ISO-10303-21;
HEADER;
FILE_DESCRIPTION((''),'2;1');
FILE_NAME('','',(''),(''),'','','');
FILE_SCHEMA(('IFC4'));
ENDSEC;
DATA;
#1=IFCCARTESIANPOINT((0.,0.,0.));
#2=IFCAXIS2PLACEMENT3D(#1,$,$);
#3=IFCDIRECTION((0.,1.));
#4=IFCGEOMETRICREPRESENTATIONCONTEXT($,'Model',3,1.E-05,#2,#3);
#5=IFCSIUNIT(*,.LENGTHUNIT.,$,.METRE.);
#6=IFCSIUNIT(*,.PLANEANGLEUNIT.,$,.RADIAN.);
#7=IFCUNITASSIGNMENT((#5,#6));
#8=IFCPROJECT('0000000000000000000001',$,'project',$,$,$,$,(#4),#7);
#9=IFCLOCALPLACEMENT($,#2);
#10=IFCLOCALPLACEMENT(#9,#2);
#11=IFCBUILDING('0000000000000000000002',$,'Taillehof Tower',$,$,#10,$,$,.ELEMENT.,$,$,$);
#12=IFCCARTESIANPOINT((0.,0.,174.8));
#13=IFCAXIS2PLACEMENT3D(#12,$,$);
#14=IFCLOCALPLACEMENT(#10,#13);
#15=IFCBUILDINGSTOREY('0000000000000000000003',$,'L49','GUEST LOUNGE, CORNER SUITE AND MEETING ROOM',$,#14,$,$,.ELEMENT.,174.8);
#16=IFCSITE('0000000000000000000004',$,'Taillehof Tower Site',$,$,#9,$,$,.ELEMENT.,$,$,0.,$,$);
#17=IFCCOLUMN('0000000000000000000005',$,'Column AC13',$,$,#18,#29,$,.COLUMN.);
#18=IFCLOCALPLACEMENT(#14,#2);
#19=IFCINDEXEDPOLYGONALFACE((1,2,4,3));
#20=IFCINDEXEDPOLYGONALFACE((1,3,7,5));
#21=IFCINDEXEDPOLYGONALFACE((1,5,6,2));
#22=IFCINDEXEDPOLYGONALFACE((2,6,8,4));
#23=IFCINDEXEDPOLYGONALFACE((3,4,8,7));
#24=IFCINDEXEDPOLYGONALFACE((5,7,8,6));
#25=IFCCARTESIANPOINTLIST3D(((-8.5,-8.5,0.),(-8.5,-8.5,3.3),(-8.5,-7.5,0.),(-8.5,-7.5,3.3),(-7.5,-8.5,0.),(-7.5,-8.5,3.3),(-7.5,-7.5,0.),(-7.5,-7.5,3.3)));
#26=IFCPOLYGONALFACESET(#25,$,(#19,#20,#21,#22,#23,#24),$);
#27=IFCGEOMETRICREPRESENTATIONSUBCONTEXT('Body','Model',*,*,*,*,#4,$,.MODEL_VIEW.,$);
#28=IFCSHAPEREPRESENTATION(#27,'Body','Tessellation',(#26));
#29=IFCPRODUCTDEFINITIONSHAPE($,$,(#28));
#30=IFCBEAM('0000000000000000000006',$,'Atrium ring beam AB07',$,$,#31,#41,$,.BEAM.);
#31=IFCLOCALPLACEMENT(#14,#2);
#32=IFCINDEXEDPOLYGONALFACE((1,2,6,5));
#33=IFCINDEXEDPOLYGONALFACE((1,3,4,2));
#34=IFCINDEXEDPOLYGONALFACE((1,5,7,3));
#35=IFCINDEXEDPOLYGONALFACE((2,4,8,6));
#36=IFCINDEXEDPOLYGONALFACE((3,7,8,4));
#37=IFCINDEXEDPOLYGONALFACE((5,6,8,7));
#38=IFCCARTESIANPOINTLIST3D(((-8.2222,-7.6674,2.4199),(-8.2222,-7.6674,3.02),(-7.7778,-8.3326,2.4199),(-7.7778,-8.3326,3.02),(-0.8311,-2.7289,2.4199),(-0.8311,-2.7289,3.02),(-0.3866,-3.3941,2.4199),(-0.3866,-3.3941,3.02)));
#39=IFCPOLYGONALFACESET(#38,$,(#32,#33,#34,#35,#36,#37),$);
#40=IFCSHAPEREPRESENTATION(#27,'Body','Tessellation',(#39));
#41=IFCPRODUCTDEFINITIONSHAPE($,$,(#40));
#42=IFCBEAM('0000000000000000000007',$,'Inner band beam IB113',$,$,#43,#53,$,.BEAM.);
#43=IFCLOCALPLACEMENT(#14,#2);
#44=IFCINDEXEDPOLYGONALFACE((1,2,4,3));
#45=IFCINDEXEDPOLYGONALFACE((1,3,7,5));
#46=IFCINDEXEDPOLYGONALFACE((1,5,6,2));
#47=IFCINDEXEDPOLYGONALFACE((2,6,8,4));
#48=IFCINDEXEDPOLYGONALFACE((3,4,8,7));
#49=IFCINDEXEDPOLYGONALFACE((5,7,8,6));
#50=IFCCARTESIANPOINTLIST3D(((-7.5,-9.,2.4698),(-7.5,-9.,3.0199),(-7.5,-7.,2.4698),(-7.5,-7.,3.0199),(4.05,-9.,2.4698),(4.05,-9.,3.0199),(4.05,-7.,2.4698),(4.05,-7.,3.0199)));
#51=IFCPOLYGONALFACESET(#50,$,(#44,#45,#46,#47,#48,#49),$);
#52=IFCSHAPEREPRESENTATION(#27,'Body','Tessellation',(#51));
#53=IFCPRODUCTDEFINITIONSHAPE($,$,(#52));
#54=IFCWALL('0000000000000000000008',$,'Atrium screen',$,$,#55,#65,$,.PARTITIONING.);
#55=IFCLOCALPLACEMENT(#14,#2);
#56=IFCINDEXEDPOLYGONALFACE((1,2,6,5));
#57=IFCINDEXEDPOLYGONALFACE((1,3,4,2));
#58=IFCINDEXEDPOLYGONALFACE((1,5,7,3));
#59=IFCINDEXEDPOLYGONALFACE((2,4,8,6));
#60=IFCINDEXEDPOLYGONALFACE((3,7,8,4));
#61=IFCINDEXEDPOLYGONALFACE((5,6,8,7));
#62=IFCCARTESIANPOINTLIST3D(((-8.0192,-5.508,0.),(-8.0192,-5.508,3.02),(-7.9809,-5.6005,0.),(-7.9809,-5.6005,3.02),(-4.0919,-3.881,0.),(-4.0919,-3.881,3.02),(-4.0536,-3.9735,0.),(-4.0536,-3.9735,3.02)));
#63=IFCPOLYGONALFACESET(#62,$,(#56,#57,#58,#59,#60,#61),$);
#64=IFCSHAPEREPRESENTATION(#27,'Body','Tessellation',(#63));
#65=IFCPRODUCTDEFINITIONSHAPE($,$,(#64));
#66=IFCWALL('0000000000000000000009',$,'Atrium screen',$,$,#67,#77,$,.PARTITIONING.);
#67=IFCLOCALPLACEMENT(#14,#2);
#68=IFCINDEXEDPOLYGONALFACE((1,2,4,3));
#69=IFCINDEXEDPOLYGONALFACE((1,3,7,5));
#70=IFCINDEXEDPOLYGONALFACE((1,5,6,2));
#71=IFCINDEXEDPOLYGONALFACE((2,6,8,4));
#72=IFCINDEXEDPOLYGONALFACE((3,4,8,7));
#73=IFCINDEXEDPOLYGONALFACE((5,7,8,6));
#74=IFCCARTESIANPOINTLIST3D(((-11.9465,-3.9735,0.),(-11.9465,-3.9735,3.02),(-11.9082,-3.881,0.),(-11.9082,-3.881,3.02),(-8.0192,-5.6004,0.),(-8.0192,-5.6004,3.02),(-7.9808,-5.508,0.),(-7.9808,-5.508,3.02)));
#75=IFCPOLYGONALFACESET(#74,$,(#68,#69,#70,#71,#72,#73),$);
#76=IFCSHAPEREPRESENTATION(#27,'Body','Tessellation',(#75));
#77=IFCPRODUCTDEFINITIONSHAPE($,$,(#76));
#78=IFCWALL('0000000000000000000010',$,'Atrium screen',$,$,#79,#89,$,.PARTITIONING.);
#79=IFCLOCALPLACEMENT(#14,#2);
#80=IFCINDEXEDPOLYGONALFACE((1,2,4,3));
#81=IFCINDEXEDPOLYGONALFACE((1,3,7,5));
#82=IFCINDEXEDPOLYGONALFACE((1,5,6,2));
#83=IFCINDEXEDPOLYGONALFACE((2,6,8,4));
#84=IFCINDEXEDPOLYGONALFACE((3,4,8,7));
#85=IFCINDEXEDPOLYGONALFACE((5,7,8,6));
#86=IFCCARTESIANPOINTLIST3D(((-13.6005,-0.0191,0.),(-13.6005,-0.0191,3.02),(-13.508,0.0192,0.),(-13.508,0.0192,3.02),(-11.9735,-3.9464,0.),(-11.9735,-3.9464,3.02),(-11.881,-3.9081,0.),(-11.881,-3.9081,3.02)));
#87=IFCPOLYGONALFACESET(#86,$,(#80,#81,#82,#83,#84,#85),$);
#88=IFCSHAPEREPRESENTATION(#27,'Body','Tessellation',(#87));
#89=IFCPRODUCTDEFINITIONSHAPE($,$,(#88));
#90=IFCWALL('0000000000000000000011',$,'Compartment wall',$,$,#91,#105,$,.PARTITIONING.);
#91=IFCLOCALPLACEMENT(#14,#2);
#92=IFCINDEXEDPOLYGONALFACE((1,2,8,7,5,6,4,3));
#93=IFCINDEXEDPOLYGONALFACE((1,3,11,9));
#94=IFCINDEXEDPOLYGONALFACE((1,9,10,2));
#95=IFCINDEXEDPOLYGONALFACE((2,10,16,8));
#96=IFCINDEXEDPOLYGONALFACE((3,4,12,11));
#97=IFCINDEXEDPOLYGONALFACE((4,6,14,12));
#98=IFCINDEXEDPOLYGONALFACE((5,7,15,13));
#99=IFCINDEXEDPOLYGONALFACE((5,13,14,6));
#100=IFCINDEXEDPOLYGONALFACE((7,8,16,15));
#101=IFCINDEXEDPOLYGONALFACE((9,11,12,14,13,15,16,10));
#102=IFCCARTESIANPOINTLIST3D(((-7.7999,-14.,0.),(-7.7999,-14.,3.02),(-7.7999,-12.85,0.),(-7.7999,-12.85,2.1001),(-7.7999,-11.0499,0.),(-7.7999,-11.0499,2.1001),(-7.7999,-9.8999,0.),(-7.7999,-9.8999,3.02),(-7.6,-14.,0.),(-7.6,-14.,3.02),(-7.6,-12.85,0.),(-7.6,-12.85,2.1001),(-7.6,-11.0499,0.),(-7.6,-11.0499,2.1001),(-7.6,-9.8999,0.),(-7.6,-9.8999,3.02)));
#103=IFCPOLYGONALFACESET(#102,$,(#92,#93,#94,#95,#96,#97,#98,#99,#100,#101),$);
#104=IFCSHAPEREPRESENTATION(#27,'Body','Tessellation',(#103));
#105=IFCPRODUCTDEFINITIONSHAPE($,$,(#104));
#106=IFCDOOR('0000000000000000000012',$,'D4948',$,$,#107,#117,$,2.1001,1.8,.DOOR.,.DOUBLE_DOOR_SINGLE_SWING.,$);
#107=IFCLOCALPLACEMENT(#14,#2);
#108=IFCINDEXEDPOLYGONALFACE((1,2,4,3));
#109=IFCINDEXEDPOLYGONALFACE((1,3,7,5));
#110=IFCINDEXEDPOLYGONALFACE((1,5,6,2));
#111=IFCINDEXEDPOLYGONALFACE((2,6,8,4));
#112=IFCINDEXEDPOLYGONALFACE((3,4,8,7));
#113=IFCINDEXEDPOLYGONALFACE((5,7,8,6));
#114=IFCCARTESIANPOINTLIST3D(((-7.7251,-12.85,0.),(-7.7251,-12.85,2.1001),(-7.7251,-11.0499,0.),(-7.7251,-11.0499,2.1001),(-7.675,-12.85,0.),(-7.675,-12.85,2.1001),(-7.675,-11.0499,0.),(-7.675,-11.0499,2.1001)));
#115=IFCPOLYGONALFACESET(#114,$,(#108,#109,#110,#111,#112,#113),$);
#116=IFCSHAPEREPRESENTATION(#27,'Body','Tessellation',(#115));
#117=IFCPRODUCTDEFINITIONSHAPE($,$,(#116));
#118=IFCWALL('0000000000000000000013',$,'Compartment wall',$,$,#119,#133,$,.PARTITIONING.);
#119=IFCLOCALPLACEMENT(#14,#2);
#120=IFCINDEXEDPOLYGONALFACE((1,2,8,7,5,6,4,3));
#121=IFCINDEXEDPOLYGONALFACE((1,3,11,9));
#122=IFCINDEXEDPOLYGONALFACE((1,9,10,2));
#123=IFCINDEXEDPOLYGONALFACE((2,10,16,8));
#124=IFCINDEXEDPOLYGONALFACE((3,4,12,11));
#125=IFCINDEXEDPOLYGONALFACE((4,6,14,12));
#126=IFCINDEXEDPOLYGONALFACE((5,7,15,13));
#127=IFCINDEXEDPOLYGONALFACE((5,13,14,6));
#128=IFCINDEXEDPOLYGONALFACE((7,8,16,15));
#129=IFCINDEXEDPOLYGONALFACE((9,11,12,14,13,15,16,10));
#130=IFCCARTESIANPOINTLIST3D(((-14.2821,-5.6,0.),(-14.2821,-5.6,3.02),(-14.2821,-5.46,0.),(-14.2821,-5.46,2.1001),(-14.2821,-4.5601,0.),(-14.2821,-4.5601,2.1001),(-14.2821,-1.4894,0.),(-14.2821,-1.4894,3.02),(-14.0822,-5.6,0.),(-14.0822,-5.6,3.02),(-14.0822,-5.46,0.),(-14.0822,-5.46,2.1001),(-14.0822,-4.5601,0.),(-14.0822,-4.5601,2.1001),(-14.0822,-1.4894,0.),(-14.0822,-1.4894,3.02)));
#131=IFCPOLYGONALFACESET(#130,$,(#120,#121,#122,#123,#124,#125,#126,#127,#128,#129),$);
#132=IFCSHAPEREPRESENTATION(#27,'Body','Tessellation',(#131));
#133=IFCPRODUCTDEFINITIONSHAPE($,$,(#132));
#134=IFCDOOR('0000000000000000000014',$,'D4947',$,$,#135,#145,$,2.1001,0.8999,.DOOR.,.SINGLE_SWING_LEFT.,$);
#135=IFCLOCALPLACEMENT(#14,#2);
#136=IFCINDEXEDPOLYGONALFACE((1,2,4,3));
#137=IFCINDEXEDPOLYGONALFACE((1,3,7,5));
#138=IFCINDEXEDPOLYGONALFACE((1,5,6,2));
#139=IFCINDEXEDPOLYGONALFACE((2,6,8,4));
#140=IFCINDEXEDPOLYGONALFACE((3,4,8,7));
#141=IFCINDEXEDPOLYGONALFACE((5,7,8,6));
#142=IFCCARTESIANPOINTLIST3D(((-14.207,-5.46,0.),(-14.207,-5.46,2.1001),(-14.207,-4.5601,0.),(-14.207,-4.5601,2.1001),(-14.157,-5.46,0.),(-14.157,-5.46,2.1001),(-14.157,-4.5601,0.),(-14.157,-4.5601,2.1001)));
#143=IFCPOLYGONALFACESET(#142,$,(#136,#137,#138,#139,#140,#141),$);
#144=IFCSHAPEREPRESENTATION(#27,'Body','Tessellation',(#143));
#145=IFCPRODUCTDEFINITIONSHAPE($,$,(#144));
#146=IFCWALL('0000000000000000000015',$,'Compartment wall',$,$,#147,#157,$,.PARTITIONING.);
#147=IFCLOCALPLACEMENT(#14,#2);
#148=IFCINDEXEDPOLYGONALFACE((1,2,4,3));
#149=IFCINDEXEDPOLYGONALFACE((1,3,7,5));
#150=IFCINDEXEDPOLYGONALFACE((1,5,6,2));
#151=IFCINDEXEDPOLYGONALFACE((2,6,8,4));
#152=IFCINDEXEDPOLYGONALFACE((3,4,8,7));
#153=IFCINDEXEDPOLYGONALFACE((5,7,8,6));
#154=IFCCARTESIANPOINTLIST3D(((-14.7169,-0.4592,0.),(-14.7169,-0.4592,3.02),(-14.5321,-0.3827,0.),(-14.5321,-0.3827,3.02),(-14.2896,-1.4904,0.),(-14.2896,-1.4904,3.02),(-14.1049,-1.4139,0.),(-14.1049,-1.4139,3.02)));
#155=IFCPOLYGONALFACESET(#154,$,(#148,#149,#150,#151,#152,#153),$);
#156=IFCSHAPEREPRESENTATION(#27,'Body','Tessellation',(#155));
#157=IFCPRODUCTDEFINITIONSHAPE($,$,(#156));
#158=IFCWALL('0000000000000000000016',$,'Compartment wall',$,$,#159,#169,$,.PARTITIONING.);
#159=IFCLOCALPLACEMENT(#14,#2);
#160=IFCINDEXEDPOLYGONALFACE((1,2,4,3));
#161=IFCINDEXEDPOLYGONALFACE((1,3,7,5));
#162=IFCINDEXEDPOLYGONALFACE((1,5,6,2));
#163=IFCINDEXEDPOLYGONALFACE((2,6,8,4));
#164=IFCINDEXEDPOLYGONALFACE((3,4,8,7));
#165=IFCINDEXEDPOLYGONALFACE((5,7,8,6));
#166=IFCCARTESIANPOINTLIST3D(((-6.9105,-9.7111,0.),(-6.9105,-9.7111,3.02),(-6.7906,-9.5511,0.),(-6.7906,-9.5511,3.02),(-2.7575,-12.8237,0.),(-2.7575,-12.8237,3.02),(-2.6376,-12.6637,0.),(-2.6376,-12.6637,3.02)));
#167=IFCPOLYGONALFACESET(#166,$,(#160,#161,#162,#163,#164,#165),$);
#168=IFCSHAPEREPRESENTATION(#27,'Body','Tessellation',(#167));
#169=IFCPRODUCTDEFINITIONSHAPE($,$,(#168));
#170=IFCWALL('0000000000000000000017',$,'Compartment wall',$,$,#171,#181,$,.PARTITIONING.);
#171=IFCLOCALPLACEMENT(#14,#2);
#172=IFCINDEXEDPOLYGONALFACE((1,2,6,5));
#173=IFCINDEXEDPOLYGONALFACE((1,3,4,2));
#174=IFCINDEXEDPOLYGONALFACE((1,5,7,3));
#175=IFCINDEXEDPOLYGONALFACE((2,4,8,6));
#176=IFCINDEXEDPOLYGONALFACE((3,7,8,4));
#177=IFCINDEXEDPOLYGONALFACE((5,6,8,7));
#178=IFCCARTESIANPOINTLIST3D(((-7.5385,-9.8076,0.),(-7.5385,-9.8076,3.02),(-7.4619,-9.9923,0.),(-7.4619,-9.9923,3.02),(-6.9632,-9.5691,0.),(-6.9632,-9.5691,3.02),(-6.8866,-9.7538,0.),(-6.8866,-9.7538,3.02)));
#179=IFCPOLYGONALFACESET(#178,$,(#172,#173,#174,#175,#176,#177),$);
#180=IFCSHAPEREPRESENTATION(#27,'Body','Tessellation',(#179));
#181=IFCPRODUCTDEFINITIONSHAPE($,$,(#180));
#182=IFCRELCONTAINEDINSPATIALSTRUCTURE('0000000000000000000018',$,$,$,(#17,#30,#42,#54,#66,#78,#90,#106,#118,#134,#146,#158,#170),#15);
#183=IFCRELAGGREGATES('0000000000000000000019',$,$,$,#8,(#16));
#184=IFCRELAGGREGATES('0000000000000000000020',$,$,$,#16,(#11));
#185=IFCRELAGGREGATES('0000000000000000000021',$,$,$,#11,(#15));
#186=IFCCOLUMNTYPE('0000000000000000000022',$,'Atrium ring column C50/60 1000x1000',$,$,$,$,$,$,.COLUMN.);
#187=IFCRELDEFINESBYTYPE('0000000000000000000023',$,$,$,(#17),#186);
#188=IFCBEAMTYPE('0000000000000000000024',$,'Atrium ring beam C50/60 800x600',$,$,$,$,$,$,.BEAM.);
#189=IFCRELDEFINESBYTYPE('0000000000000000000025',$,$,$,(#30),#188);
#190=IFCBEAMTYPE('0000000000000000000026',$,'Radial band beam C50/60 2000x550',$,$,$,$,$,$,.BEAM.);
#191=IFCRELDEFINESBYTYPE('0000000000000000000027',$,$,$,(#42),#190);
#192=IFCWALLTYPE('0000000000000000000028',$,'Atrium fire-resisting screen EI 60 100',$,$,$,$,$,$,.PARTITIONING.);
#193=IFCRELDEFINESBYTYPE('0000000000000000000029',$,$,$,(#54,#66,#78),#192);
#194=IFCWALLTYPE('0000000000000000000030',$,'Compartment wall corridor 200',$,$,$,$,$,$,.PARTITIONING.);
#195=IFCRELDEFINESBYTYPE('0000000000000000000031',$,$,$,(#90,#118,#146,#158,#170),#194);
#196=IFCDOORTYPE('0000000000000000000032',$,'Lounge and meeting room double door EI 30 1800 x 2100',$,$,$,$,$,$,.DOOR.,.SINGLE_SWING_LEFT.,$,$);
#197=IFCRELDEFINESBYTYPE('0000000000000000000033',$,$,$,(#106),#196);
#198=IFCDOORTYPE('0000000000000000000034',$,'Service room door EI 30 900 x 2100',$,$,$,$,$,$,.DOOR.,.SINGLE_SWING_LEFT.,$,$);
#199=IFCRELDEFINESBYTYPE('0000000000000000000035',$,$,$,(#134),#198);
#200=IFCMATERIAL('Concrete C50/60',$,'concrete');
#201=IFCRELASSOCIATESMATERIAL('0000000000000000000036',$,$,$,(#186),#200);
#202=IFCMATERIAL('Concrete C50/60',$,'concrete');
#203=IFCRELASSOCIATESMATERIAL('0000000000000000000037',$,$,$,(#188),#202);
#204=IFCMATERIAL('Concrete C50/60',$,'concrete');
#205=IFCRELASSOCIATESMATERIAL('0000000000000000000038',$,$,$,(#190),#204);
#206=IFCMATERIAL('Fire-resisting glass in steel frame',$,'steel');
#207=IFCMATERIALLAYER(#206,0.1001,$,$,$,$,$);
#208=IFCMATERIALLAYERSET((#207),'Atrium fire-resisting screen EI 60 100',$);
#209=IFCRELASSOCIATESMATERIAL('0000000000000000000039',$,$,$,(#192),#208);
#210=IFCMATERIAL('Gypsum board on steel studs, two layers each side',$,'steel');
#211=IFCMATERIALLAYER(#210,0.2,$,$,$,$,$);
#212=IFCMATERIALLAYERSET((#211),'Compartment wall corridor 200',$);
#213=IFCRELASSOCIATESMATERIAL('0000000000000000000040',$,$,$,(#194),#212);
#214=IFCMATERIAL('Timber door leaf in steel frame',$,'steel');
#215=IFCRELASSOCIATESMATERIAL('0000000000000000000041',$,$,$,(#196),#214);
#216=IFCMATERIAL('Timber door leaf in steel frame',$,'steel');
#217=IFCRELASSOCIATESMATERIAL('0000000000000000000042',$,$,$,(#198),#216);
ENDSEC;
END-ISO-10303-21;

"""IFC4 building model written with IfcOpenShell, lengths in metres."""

from ifc_helpers import new_model, si_unit, direction, frame, frame_2d, origin, origin_2d, place, context, subcontext, project, spatial, rectangle, extrude, material, layer, layer_set, material_profile, profile_set, type_object, element, fill, save


model = new_model("IFC4")

# Units and contexts
model_context = context("Model", 3, precision=1e-05, world=origin(), true_north=direction((0.0, 1.0)))
body_context = subcontext(model_context, "Body", "Model", "MODEL_VIEW")
ifc_project = project(units=[si_unit("LENGTHUNIT", "METRE"), si_unit("PLANEANGLEUNIT", "RADIAN")], contexts=[model_context])

# Site, building, storey
site_placement = place(None, origin())
site = spatial("IfcSite", under=ifc_project, at=site_placement, Name="Taillehof Tower Site", CompositionType="ELEMENT", RefElevation=0.0)
building_placement = place(site_placement, origin())
building = spatial("IfcBuilding", under=site, at=building_placement, Name="Taillehof Tower", CompositionType="ELEMENT")
storey_placement = place(building_placement, frame((0.0, 0.0, 174.8)))
storey = spatial("IfcBuildingStorey", under=building, at=storey_placement, Name="L49", Description="GUEST LOUNGE, CORNER SUITE AND MEETING ROOM", CompositionType="ELEMENT", Elevation=174.8)

# Column
ifc_material_1 = material(Name="Concrete C50/60", Category="concrete")
ifc_material_profile_1 = material_profile(ifc_material_1, rectangle(XDim=1.0, YDim=1.0, at=origin_2d()), Name="RC 1000x1000")
ifc_profile_set_1 = profile_set([ifc_material_profile_1], Name="Concrete C50/60")
column_type = type_object("IfcColumnType", Name="Atrium ring column C50/60 1000x1000", PredefinedType="COLUMN", material=ifc_profile_set_1)
column_placement = place(storey_placement, frame((-8.0, -8.0, 0.0), z_axis=(0.0, 0.0, 1.0), x_axis=(1.0, 0.0, 0.0)))
element("IfcColumn", 1, at=column_placement, inside=storey, type_object=column_type, Name="Column AC13", PredefinedType="COLUMN", context=body_context, shape_type="SweptSolid", body=[
    extrude(rectangle(XDim=1.0, YDim=1.0, at=origin_2d()), origin(), (0.0, 0.0, 1.0), 3.3),
])

# Beams
ifc_material_2 = material(Name="Concrete C50/60", Category="concrete")
ifc_material_profile_2 = material_profile(ifc_material_2, rectangle(XDim=0.8, YDim=0.6001, at=origin_2d()), Name="RC 800x600")
ifc_profile_set_2 = profile_set([ifc_material_profile_2], Name="Concrete C50/60")
beam_type_1 = type_object("IfcBeamType", Name="Atrium ring beam C50/60 800x600", PredefinedType="BEAM", material=ifc_profile_set_2)
beam_1_placement = place(storey_placement, frame((-8.0, -8.0, 2.72), z_axis=(0.831475, 0.555562, 0.0), x_axis=(-0.555562, 0.831475, 0.0)))
element("IfcBeam", 2, at=beam_1_placement, inside=storey, type_object=beam_type_1, Name="Atrium ring beam AB07", PredefinedType="BEAM", context=body_context, shape_type="SweptSolid", body=[
    extrude(rectangle(XDim=0.8, YDim=0.6001, at=origin_2d()), origin(), (0.0, 0.0, 1.0), 8.8892),
])
ifc_material_3 = material(Name="Concrete C50/60", Category="concrete")
ifc_material_profile_3 = material_profile(ifc_material_3, rectangle(XDim=2.0, YDim=0.55, at=origin_2d()), Name="RC 2000x550")
ifc_profile_set_3 = profile_set([ifc_material_profile_3], Name="Concrete C50/60")
beam_type_2 = type_object("IfcBeamType", Name="Radial band beam C50/60 2000x550", PredefinedType="BEAM", material=ifc_profile_set_3)
beam_2_placement = place(storey_placement, frame((-7.5, -8.0, 2.7449), z_axis=(1.0, 0.0, 0.0), x_axis=(0.0, 1.0, 0.0)))
element("IfcBeam", 3, at=beam_2_placement, inside=storey, type_object=beam_type_2, Name="Inner band beam IB113", PredefinedType="BEAM", context=body_context, shape_type="SweptSolid", body=[
    extrude(rectangle(XDim=2.0, YDim=0.55, at=origin_2d()), origin(), (0.0, 0.0, 1.0), 11.55),
])

# Walls
ifc_material_4 = material(Name="Fire-resisting glass in steel frame", Category="steel")
ifc_layer_1 = layer(ifc_material_4, 0.1001)
ifc_layer_set_1 = layer_set([ifc_layer_1], Name="Atrium fire-resisting screen EI 60 100")
wall_type_1 = type_object("IfcWallType", Name="Atrium fire-resisting screen EI 60 100", PredefinedType="PARTITIONING", material=ifc_layer_set_1)
for number, where, z_axis, x_axis, name in (
    (4, (-4.0728, -3.9272, 0.0), (0.0, 0.0, 1.0), (-0.92386, -0.382731, 0.0), "Atrium screen"),
    (5, (-8.0, -5.5542, 0.0), (0.0, 0.0, 1.0), (-0.92386, 0.382731, 0.0), "Atrium screen"),
    (6, (-11.9272, -3.9272, 0.0), (0.0, 0.0, 1.0), (-0.382731, 0.92386, 0.0), "Atrium screen"),
):
    element("IfcWall", number, at=place(storey_placement, frame(where, z_axis=z_axis, x_axis=x_axis)), inside=storey, type_object=wall_type_1, Name=name, PredefinedType="PARTITIONING", context=body_context, shape_type="SweptSolid", body=[
        extrude(rectangle(XDim=4.251, YDim=0.1001, at=frame_2d((2.1255, 0.0))), origin(), (0.0, 0.0, 1.0), 3.02),
    ])

# Walls, openings, doors
ifc_material_5 = material(Name="Gypsum board on steel studs, two layers each side", Category="steel")
ifc_layer_2 = layer(ifc_material_5, 0.2)
ifc_layer_set_2 = layer_set([ifc_layer_2], Name="Compartment wall corridor 200")
wall_type_2 = type_object("IfcWallType", Name="Compartment wall corridor 200", PredefinedType="PARTITIONING", material=ifc_layer_set_2)
wall_1_placement = place(storey_placement, frame((-7.7, -9.8999, 0.0), z_axis=(0.0, 0.0, 1.0), x_axis=(0.0, -1.0, 0.0)))
wall_1 = element("IfcWall", 7, at=wall_1_placement, inside=storey, type_object=wall_type_2, Name="Compartment wall", PredefinedType="PARTITIONING", context=body_context, shape_type="SweptSolid", body=[
    extrude(rectangle(XDim=4.1001, YDim=0.2, at=frame_2d((2.05, 0.0))), origin(), (0.0, 0.0, 1.0), 3.02),
])
opening_1_placement = place(wall_1_placement, frame((1.1501, 0.0, 0.0)))
opening_1 = element("IfcOpeningElement", 8, at=opening_1_placement, cuts=wall_1, PredefinedType="OPENING", context=body_context, shape_type="SweptSolid", body=[
    extrude(rectangle(XDim=1.8, YDim=2.1001, at=frame_2d((0.8999, 1.05))), frame((0.0, 0.1099, 0.0), z_axis=(0.0, -1.0, 0.0), x_axis=(1.0, 0.0, 0.0)), (0.0, 0.0, 1.0), 0.22),
])
ifc_material_6 = material(Name="Timber door leaf in steel frame", Category="steel")
door_type_1 = type_object("IfcDoorType", Name="Lounge and meeting room double door EI 30 1800 x 2100", OperationType="SINGLE_SWING_LEFT", PredefinedType="DOOR", material=ifc_material_6)
door_1_placement = place(opening_1_placement, origin())
door_1 = element("IfcDoor", 9, at=door_1_placement, inside=storey, type_object=door_type_1, Name="D4948", OperationType="DOUBLE_DOOR_SINGLE_SWING", OverallHeight=2.1001, OverallWidth=1.8, PredefinedType="DOOR", context=body_context, shape_type="SweptSolid", body=[
    extrude(rectangle(XDim=1.8, YDim=2.1001, at=frame_2d((0.8999, 1.05))), frame((0.0, 0.0249, 0.0), z_axis=(0.0, -1.0, 0.0), x_axis=(1.0, 0.0, 0.0)), (0.0, 0.0, 1.0), 0.05),
])
fill(opening_1, door_1)
wall_2_placement = place(storey_placement, frame((-14.1821, -5.5999, 0.0), z_axis=(0.0, 0.0, 1.0), x_axis=(0.0, 1.0, 0.0)))
wall_2 = element("IfcWall", 10, at=wall_2_placement, inside=storey, type_object=wall_type_2, Name="Compartment wall", PredefinedType="PARTITIONING", context=body_context, shape_type="SweptSolid", body=[
    extrude(rectangle(XDim=4.1106, YDim=0.2, at=frame_2d((2.0552, 0.0))), origin(), (0.0, 0.0, 1.0), 3.02),
])
opening_2_placement = place(wall_2_placement, frame((0.1399, 0.0, 0.0)))
opening_2 = element("IfcOpeningElement", 11, at=opening_2_placement, cuts=wall_2, PredefinedType="OPENING", context=body_context, shape_type="SweptSolid", body=[
    extrude(rectangle(XDim=0.8999, YDim=2.1001, at=frame_2d((0.45, 1.05))), frame((0.0, 0.1099, 0.0), z_axis=(0.0, -1.0, 0.0), x_axis=(1.0, 0.0, 0.0)), (0.0, 0.0, 1.0), 0.22),
])
ifc_material_7 = material(Name="Timber door leaf in steel frame", Category="steel")
door_type_2 = type_object("IfcDoorType", Name="Service room door EI 30 900 x 2100", OperationType="SINGLE_SWING_LEFT", PredefinedType="DOOR", material=ifc_material_7)
door_2_placement = place(opening_2_placement, origin())
door_2 = element("IfcDoor", 12, at=door_2_placement, inside=storey, type_object=door_type_2, Name="D4947", OperationType="SINGLE_SWING_LEFT", OverallHeight=2.1001, OverallWidth=0.8999, PredefinedType="DOOR", context=body_context, shape_type="SweptSolid", body=[
    extrude(rectangle(XDim=0.8999, YDim=2.1001, at=frame_2d((0.45, 1.05))), frame((0.0, 0.0249, 0.0), z_axis=(0.0, -1.0, 0.0), x_axis=(1.0, 0.0, 0.0)), (0.0, 0.0, 1.0), 0.05),
])
fill(opening_2, door_2)

# Walls
wall_3_placement = place(storey_placement, frame((-14.1973, -1.4521, 0.0), z_axis=(0.0, 0.0, 1.0), x_axis=(-0.382751, 0.923852, 0.0)))
element("IfcWall", 13, at=wall_3_placement, inside=storey, type_object=wall_type_2, Name="Compartment wall", PredefinedType="PARTITIONING", context=body_context, shape_type="SweptSolid", body=[
    extrude(rectangle(XDim=1.1162, YDim=0.2, at=frame_2d((0.5581, 0.0))), origin(), (0.0, 0.0, 1.0), 3.02),
])
wall_4_placement = place(storey_placement, frame((-2.6975, -12.7437, 0.0), z_axis=(0.0, 0.0, 1.0), x_axis=(-0.800209, 0.599721, 0.0)))
element("IfcWall", 14, at=wall_4_placement, inside=storey, type_object=wall_type_2, Name="Compartment wall", PredefinedType="PARTITIONING", context=body_context, shape_type="SweptSolid", body=[
    extrude(rectangle(XDim=5.1899, YDim=0.2, at=frame_2d((2.595, 0.0))), origin(), (0.0, 0.0, 1.0), 3.02),
])
wall_5_placement = place(storey_placement, frame((-6.9248, -9.6614, 0.0), z_axis=(0.0, 0.0, 1.0), x_axis=(-0.923725, -0.383056, 0.0)))
element("IfcWall", 15, at=wall_5_placement, inside=storey, type_object=wall_type_2, Name="Compartment wall", PredefinedType="PARTITIONING", context=body_context, shape_type="SweptSolid", body=[
    extrude(rectangle(XDim=0.6228, YDim=0.2, at=frame_2d((0.3115, 0.0))), origin(), (0.0, 0.0, 1.0), 3.02),
])

save(model, "model.ifc")
